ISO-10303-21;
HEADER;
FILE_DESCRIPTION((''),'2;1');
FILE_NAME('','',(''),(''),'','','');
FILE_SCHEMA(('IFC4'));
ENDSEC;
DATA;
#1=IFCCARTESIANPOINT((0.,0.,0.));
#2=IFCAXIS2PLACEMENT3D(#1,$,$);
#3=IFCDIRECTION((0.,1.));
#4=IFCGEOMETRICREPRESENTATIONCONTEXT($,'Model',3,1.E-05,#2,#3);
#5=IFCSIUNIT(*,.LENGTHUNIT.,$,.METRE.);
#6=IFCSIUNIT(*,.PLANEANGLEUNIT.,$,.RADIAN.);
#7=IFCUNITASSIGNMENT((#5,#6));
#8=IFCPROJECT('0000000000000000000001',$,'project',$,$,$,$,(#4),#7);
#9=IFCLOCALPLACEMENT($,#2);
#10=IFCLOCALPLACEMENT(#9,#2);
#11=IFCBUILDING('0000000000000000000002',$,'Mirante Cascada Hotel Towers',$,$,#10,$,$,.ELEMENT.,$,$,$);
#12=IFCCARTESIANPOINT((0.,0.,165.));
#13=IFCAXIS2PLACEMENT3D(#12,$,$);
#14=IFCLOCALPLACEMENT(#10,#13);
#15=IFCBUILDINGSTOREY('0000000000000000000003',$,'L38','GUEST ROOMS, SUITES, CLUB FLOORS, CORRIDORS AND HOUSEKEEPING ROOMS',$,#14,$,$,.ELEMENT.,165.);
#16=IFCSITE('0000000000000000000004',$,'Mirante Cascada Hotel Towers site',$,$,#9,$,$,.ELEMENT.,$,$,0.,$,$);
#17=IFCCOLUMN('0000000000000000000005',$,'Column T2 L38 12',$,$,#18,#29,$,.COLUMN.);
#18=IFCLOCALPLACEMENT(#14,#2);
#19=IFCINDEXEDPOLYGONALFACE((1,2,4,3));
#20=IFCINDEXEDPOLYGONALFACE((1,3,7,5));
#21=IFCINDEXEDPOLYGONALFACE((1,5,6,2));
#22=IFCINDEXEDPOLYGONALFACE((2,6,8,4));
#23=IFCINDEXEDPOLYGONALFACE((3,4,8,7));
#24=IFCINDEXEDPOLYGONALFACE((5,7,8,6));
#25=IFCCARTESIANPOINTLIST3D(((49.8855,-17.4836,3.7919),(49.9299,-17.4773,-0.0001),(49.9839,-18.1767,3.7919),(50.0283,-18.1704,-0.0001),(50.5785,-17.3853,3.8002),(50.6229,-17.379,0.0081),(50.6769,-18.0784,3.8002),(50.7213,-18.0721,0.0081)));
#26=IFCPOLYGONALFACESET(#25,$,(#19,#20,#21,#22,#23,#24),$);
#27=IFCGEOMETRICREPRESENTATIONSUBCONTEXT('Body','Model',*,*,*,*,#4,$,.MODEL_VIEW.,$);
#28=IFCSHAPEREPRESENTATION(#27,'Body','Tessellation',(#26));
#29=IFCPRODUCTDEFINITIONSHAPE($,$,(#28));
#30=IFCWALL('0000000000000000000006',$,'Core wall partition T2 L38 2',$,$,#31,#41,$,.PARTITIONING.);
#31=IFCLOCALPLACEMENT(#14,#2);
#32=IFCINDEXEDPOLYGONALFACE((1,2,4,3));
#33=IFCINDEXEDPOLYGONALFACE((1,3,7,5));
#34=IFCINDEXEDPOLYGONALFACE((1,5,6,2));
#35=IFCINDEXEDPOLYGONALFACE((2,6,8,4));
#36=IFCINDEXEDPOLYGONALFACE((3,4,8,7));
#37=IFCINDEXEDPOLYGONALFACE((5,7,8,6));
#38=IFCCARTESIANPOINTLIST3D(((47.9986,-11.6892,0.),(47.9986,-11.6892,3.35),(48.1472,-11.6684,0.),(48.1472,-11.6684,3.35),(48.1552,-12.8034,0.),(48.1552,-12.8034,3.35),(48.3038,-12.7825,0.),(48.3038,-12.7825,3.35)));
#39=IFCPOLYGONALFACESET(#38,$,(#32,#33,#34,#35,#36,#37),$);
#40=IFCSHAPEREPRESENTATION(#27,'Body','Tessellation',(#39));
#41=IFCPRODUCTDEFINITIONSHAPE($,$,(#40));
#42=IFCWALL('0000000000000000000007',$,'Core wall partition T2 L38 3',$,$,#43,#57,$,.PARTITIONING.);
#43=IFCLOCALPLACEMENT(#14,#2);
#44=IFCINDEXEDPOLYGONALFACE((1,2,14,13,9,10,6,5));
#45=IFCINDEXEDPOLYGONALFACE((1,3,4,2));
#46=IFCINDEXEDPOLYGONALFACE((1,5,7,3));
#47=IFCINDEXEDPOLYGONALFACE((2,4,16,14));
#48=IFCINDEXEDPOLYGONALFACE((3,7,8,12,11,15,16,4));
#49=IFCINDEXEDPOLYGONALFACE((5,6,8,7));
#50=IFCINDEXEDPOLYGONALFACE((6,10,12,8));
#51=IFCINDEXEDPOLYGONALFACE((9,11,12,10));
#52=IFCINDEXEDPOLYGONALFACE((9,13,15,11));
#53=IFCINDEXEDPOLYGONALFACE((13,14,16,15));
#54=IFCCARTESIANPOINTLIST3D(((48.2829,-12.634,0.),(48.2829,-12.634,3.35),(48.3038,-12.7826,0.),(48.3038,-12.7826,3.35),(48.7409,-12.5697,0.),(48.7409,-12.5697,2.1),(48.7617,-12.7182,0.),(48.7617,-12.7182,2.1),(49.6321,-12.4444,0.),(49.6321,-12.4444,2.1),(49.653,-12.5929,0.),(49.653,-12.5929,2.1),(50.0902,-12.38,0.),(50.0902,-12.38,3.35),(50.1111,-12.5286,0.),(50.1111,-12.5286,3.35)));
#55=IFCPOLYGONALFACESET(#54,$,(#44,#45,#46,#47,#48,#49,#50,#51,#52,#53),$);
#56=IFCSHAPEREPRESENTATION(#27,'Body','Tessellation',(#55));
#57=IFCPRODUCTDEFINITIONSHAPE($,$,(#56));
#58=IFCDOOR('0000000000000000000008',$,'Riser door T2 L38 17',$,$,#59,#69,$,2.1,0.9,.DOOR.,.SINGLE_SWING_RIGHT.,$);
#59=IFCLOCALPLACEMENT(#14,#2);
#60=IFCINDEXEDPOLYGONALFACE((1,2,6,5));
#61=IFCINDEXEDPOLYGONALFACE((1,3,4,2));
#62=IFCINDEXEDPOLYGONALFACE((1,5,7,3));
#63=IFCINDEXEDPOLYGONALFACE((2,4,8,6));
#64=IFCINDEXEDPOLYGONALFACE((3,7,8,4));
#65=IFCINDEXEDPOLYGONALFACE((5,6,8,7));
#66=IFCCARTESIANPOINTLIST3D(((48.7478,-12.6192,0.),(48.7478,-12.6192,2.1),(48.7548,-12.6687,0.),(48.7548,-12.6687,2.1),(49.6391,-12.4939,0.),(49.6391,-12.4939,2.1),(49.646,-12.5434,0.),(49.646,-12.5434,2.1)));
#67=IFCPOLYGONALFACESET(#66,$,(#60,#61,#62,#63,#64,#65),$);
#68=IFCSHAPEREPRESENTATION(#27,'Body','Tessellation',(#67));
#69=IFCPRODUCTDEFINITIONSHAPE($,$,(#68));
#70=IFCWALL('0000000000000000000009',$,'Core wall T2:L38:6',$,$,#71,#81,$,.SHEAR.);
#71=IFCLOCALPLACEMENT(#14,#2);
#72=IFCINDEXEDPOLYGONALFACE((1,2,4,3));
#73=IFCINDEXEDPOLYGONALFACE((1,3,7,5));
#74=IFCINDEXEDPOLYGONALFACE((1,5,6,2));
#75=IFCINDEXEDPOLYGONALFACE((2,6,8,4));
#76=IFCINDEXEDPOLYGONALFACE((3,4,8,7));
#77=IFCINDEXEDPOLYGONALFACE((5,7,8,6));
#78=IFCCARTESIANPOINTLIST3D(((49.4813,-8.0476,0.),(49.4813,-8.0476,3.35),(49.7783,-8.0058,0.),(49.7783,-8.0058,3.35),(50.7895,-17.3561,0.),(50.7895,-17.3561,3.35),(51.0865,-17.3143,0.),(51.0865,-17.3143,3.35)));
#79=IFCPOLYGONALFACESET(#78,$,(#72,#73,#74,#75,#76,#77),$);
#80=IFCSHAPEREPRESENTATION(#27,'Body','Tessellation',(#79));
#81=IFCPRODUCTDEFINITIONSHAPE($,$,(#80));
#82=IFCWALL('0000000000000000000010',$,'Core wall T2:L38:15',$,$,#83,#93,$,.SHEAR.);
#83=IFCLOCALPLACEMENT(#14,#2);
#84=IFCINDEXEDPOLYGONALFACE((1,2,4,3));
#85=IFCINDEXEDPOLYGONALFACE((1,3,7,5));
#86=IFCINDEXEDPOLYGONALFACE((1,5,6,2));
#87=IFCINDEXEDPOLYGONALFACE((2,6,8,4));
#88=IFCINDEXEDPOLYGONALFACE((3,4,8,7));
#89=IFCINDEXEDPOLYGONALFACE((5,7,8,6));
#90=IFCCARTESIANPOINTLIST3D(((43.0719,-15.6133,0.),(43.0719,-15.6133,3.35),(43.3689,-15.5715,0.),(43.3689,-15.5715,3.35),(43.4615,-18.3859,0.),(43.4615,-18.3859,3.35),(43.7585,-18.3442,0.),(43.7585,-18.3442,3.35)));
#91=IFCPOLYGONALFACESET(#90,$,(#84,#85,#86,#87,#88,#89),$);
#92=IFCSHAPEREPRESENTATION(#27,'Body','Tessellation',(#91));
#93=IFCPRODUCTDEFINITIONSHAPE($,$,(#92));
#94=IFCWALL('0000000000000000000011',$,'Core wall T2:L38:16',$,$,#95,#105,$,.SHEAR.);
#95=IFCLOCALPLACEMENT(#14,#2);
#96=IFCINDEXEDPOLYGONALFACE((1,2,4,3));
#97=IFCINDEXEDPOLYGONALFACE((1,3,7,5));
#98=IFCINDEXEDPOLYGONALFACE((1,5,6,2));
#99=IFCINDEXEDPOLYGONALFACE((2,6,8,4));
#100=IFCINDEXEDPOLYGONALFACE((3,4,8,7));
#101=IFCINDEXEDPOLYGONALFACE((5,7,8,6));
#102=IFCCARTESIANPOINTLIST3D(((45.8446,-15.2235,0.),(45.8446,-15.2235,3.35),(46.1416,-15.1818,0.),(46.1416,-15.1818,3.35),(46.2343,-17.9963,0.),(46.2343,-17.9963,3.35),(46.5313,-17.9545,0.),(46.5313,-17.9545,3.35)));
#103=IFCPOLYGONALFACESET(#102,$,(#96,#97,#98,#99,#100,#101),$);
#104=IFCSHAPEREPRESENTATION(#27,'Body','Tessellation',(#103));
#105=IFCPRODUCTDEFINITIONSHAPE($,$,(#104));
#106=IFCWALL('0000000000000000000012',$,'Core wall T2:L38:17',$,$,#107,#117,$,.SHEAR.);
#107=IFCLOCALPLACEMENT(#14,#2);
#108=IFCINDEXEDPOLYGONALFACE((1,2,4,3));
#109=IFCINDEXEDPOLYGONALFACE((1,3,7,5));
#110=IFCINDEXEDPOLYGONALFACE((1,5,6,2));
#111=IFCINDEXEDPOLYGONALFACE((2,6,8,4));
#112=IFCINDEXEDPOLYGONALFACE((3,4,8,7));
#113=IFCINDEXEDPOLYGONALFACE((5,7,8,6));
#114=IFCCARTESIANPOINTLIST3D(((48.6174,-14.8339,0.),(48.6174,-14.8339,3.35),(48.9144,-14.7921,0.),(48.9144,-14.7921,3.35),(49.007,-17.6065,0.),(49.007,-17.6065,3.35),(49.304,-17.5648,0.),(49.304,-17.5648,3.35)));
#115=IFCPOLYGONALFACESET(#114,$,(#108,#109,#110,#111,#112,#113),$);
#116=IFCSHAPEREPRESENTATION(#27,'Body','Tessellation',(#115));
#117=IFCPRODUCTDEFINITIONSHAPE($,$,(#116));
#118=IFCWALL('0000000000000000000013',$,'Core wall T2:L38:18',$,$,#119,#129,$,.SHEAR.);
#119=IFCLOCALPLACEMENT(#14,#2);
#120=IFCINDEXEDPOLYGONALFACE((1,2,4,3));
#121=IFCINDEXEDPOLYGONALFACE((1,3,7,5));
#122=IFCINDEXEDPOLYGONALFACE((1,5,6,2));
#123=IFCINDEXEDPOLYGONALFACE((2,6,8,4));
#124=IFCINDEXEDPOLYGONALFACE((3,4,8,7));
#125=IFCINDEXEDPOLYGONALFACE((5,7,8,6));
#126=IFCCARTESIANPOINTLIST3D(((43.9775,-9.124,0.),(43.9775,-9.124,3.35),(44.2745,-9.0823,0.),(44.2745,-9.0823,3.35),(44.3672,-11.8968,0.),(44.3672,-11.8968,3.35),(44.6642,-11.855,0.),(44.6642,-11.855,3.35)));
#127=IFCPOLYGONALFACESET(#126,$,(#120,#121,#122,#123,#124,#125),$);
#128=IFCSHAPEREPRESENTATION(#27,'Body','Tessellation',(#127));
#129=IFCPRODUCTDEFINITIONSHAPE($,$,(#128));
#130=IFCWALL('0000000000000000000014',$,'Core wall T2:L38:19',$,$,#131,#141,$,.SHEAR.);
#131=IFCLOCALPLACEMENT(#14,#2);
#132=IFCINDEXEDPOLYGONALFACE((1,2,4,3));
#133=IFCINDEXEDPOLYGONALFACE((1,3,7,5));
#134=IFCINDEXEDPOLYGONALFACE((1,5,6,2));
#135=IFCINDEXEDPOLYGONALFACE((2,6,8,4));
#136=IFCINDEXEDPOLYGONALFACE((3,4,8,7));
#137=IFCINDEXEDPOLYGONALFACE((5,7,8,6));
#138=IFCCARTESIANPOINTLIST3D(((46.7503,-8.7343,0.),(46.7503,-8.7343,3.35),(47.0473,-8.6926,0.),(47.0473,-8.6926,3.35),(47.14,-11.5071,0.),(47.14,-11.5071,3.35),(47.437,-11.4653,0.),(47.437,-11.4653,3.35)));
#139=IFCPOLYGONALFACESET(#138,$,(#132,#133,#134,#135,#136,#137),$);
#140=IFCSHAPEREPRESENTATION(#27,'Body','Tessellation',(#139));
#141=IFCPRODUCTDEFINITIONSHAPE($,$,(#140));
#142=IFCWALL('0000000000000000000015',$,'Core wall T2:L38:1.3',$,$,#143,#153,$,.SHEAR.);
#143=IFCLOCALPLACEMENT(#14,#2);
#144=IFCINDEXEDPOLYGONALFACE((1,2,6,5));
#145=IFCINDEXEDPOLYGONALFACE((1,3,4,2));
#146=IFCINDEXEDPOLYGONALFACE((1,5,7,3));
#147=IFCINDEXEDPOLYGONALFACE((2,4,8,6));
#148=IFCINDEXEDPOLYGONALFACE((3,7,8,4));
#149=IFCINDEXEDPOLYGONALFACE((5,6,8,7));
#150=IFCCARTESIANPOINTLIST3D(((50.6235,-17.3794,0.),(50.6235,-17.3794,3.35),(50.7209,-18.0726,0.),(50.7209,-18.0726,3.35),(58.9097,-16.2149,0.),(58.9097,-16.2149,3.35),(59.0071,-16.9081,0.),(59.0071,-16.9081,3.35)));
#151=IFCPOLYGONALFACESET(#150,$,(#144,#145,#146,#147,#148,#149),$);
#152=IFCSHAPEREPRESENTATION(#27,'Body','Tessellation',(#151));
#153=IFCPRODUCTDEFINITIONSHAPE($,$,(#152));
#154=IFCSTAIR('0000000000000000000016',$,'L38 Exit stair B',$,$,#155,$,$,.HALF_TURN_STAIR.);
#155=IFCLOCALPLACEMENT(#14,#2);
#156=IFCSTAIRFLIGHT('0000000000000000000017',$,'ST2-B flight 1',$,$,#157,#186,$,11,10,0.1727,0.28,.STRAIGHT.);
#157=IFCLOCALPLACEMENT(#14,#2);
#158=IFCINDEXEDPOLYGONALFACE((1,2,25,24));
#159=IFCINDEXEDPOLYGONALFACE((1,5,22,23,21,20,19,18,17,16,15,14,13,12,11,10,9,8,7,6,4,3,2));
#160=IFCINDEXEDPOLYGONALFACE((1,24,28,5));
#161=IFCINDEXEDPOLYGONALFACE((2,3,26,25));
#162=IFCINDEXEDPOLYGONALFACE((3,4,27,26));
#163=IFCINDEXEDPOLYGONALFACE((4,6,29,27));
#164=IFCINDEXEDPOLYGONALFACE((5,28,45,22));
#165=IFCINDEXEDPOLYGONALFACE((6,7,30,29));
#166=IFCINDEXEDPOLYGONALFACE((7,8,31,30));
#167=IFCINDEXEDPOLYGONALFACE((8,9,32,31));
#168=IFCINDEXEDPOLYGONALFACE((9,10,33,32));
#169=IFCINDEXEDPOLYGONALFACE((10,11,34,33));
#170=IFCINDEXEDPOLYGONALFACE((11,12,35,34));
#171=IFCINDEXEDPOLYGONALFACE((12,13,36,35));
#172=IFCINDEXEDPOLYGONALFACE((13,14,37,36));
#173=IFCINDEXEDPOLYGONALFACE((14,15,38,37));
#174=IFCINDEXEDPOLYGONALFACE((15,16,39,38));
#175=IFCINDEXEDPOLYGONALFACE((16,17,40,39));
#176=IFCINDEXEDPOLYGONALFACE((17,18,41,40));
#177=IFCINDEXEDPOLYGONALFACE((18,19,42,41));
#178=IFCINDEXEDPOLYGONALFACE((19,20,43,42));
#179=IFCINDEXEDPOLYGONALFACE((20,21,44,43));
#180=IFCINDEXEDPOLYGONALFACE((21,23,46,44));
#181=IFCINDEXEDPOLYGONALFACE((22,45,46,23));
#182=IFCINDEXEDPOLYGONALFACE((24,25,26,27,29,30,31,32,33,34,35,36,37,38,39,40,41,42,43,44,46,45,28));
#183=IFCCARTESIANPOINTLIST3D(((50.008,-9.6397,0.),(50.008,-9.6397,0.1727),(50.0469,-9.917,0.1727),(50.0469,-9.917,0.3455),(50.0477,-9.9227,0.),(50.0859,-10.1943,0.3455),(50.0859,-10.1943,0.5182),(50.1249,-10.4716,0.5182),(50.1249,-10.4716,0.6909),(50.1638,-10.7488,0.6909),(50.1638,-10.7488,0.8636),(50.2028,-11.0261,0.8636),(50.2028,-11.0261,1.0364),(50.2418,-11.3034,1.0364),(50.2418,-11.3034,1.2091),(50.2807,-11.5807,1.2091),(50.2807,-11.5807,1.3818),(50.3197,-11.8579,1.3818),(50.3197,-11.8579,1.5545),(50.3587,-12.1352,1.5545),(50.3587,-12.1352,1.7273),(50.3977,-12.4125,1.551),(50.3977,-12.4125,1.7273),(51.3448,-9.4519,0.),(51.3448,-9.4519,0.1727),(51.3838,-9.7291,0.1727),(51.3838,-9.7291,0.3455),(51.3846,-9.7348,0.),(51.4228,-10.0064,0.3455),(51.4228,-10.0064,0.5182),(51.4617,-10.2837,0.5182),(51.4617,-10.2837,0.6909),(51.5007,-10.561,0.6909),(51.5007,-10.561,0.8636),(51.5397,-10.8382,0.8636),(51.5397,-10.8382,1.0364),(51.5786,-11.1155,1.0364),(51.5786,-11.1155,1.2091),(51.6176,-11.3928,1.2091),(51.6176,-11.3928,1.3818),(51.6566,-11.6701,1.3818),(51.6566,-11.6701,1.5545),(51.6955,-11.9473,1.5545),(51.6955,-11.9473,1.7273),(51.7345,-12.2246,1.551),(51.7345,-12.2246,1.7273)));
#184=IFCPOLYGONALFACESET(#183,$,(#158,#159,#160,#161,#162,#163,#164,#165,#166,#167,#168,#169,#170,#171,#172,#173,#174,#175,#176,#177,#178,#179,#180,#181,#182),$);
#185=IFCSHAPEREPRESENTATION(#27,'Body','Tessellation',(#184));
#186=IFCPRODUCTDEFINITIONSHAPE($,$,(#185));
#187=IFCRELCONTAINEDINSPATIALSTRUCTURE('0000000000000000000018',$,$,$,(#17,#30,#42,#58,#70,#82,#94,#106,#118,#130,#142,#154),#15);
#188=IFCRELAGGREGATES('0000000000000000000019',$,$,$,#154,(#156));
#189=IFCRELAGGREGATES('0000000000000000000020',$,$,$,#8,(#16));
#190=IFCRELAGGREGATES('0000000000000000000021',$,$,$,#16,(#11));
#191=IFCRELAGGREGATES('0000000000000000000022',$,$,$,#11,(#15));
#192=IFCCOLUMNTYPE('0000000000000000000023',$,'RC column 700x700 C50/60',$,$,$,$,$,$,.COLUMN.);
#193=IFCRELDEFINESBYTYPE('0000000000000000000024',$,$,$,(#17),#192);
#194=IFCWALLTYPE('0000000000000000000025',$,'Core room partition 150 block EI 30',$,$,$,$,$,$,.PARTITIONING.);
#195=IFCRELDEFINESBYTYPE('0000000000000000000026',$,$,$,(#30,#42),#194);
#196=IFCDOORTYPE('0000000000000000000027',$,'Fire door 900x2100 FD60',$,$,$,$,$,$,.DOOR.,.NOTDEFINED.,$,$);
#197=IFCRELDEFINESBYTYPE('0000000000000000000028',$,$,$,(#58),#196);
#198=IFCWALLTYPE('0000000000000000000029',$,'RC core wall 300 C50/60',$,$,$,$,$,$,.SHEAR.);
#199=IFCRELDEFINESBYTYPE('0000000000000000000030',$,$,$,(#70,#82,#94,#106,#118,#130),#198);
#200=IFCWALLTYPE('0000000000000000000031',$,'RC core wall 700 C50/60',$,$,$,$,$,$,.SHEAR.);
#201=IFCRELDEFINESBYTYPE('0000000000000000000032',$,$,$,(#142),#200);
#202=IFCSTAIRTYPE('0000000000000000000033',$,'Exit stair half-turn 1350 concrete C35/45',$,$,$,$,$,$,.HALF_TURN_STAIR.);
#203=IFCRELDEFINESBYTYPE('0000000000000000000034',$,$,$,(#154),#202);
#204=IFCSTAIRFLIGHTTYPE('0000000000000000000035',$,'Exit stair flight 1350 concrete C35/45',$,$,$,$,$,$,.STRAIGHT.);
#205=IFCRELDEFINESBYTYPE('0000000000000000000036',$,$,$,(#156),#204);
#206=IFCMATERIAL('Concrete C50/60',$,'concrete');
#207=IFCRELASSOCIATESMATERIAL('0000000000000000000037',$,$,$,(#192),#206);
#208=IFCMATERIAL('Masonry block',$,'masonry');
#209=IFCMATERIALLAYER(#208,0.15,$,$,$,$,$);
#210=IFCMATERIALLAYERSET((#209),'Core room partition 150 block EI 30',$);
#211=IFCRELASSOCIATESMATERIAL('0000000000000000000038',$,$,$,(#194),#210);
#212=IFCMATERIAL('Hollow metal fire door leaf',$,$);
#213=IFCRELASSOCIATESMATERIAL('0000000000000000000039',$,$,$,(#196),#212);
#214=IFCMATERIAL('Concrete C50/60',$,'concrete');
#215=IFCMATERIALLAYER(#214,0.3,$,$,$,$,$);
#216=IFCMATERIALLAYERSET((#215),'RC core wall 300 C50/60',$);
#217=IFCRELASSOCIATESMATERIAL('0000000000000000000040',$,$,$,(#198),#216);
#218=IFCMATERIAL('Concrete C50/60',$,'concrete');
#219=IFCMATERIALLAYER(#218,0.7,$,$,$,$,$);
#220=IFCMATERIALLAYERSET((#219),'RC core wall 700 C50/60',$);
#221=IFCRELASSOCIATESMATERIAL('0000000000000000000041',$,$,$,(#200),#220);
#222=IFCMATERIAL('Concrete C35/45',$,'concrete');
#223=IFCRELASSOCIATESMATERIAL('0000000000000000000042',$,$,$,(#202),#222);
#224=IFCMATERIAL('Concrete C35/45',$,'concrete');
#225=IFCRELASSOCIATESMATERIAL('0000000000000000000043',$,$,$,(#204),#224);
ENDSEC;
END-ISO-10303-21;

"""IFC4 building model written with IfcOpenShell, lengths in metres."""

from ifc_helpers import new_model, si_unit, direction, frame, frame_2d, origin, origin_2d, place, context, subcontext, project, spatial, polyline, rectangle, outline, extrude, material, layer, layer_set, material_profile, profile_set, type_object, element, fill, aggregate, save


model = new_model("IFC4")

# Units and contexts
model_context = context("Model", 3, precision=1e-05, world=origin(), true_north=direction((0.0, 1.0)))
body_context = subcontext(model_context, "Body", "Model", "MODEL_VIEW")
ifc_project = project(units=[si_unit("LENGTHUNIT", "METRE"), si_unit("PLANEANGLEUNIT", "RADIAN")], contexts=[model_context])

# Site, building, storey
site_placement = place(None, origin())
site = spatial("IfcSite", under=ifc_project, at=site_placement, Name="Mirante Cascada Hotel Towers site", CompositionType="ELEMENT", RefElevation=0.0)
building_placement = place(site_placement, origin())
building = spatial("IfcBuilding", under=site, at=building_placement, Name="Mirante Cascada Hotel Towers", CompositionType="ELEMENT")
storey_placement = place(building_placement, frame((0.0, 0.0, 165.0)))
storey = spatial("IfcBuildingStorey", under=building, at=storey_placement, Name="L38", Description="GUEST ROOMS, SUITES, CLUB FLOORS, CORRIDORS AND HOUSEKEEPING ROOMS", CompositionType="ELEMENT", Elevation=165.0)

# Column
ifc_material_1 = material(Name="Concrete C50/60", Category="concrete")
ifc_material_profile = material_profile(ifc_material_1, rectangle(XDim=0.7, YDim=0.7, at=origin_2d()), Name="RC column 700x700 C50/60")
ifc_profile_set = profile_set([ifc_material_profile], Name="Concrete C50/60")
column_type = type_object("IfcColumnType", Name="RC column 700x700 C50/60", PredefinedType="COLUMN", material=ifc_profile_set)
column_placement = place(storey_placement, frame((50.3256, -17.7747, 0.004), z_axis=(-0.011708, -0.001661, 0.99993), x_axis=(0.140485, -0.990083, 0.0)))
element("IfcColumn", 1, at=column_placement, inside=storey, type_object=column_type, Name="Column T2 L38 12", PredefinedType="COLUMN", context=body_context, shape_type="SweptSolid", body=[
    extrude(rectangle(XDim=0.7, YDim=0.7, at=origin_2d()), origin(), (0.0, 0.0, 1.0), 3.7923),
])

# Wall
ifc_material_2 = material(Name="Masonry block", Category="masonry")
ifc_layer_1 = layer(ifc_material_2, 0.15)
ifc_layer_set_1 = layer_set([ifc_layer_1], Name="Core room partition 150 block EI 30")
wall_type_1 = type_object("IfcWallType", Name="Core room partition 150 block EI 30", PredefinedType="PARTITIONING", material=ifc_layer_set_1)
wall_1_placement = place(storey_placement, frame((48.2295, -12.793, 0.0), z_axis=(0.0, 0.0, 1.0), x_axis=(-0.139193, 0.990265, 0.0)))
element("IfcWall", 2, at=wall_1_placement, inside=storey, type_object=wall_type_1, Name="Core wall partition T2 L38 2", PredefinedType="PARTITIONING", context=body_context, shape_type="SweptSolid", body=[
    extrude(rectangle(XDim=1.1251, YDim=0.15, at=frame_2d((0.5626, 0.0))), origin(), (0.0, 0.0, 1.0), 3.35),
])

# Wall, opening, door
wall_2_placement = place(storey_placement, frame((48.2933, -12.7083, 0.0), z_axis=(0.0, 0.0, 1.0), x_axis=(0.990268, 0.139173, 0.0)))
wall_2 = element("IfcWall", 3, at=wall_2_placement, inside=storey, type_object=wall_type_1, Name="Core wall partition T2 L38 3", PredefinedType="PARTITIONING", context=body_context, shape_type="SweptSolid", body=[
    extrude(rectangle(XDim=1.8251, YDim=0.15, at=frame_2d((0.9126, 0.0))), origin(), (0.0, 0.0, 1.0), 3.35),
])
opening_placement = place(wall_2_placement, frame((0.4625, 0.0, 0.0)))
opening = element("IfcOpeningElement", 4, at=opening_placement, cuts=wall_2, PredefinedType="OPENING", context=body_context, shape_type="SweptSolid", body=[
    extrude(rectangle(XDim=0.9, YDim=2.1, at=frame_2d((0.45, 1.05))), frame((0.0, 0.075, 0.0), z_axis=(0.0, -1.0, 0.0), x_axis=(1.0, 0.0, 0.0)), (0.0, 0.0, 1.0), 0.15),
])
ifc_material_3 = material(Name="Hollow metal fire door leaf")
door_type = type_object("IfcDoorType", Name="Fire door 900x2100 FD60", OperationType="NOTDEFINED", PredefinedType="DOOR", material=ifc_material_3)
door_placement = place(opening_placement, frame((0.9, 0.0, 0.0), z_axis=(0.0, 0.0, 1.0), x_axis=(-1.0, 0.0, 0.0)))
door = element("IfcDoor", 5, at=door_placement, inside=storey, type_object=door_type, Name="Riser door T2 L38 17", OperationType="SINGLE_SWING_RIGHT", OverallHeight=2.1, OverallWidth=0.9, PredefinedType="DOOR", context=body_context, shape_type="SweptSolid", body=[
    extrude(rectangle(XDim=0.9, YDim=2.1, at=frame_2d((0.45, 1.05))), frame((0.0, 0.025, 0.0), z_axis=(0.0, -1.0, 0.0), x_axis=(1.0, 0.0, 0.0)), (0.0, 0.0, 1.0), 0.05),
])
fill(opening, door)

# Walls
ifc_material_4 = material(Name="Concrete C50/60", Category="concrete")
ifc_layer_2 = layer(ifc_material_4, 0.3)
ifc_layer_set_2 = layer_set([ifc_layer_2], Name="RC core wall 300 C50/60")
wall_type_2 = type_object("IfcWallType", Name="RC core wall 300 C50/60", PredefinedType="SHEAR", material=ifc_layer_set_2)
wall_3_placement = place(storey_placement, frame((50.938, -17.3352, 0.0), z_axis=(0.0, 0.0, 1.0), x_axis=(-0.139171, 0.990268, 0.0)))
element("IfcWall", 6, at=wall_3_placement, inside=storey, type_object=wall_type_2, Name="Core wall T2:L38:6", PredefinedType="SHEAR", context=body_context, shape_type="SweptSolid", body=[
    extrude(rectangle(XDim=9.4, YDim=0.3, at=frame_2d((4.7, 0.0))), origin(), (0.0, 0.0, 1.0), 3.35),
])
wall_4_placement = place(storey_placement, frame((43.61, -18.3651, 0.0), z_axis=(0.0, 0.0, 1.0), x_axis=(-0.139146, 0.990272, 0.0)))
element("IfcWall", 7, at=wall_4_placement, inside=storey, type_object=wall_type_2, Name="Core wall T2:L38:15", PredefinedType="SHEAR", context=body_context, shape_type="SweptSolid", body=[
    extrude(rectangle(XDim=2.7999, YDim=0.3, at=frame_2d((1.4, 0.0))), origin(), (0.0, 0.0, 1.0), 3.35),
])
wall_5_placement = place(storey_placement, frame((46.3828, -17.9754, 0.0), z_axis=(0.0, 0.0, 1.0), x_axis=(-0.139181, 0.990267, 0.0)))
element("IfcWall", 8, at=wall_5_placement, inside=storey, type_object=wall_type_2, Name="Core wall T2:L38:16", PredefinedType="SHEAR", context=body_context, shape_type="SweptSolid", body=[
    extrude(rectangle(XDim=2.8, YDim=0.3, at=frame_2d((1.4, 0.0))), origin(), (0.0, 0.0, 1.0), 3.35),
])
wall_6_placement = place(storey_placement, frame((49.1555, -17.5857, 0.0), z_axis=(0.0, 0.0, 1.0), x_axis=(-0.139146, 0.990272, 0.0)))
element("IfcWall", 9, at=wall_6_placement, inside=storey, type_object=wall_type_2, Name="Core wall T2:L38:17", PredefinedType="SHEAR", context=body_context, shape_type="SweptSolid", body=[
    extrude(rectangle(XDim=2.7999, YDim=0.3, at=frame_2d((1.4, 0.0))), origin(), (0.0, 0.0, 1.0), 3.35),
])
for number, where, z_axis, x_axis, name in (
    (10, (44.5157, -11.8759, 0.0), (0.0, 0.0, 1.0), (-0.139181, 0.990267, 0.0), "Core wall T2:L38:18"),
    (11, (47.2885, -11.4862, 0.0), (0.0, 0.0, 1.0), (-0.139181, 0.990267, 0.0), "Core wall T2:L38:19"),
):
    element("IfcWall", number, at=place(storey_placement, frame(where, z_axis=z_axis, x_axis=x_axis)), inside=storey, type_object=wall_type_2, Name=name, PredefinedType="SHEAR", context=body_context, shape_type="SweptSolid", body=[
        extrude(rectangle(XDim=2.8, YDim=0.3, at=frame_2d((1.4, 0.0))), origin(), (0.0, 0.0, 1.0), 3.35),
    ])
ifc_material_5 = material(Name="Concrete C50/60", Category="concrete")
ifc_layer_3 = layer(ifc_material_5, 0.7)
ifc_layer_set_3 = layer_set([ifc_layer_3], Name="RC core wall 700 C50/60")
wall_type_3 = type_object("IfcWallType", Name="RC core wall 700 C50/60", PredefinedType="SHEAR", material=ifc_layer_set_3)
wall_7_placement = place(storey_placement, frame((50.6722, -17.726, 0.0), z_axis=(0.0, 0.0, 1.0), x_axis=(0.990269, 0.139167, 0.0)))
element("IfcWall", 12, at=wall_7_placement, inside=storey, type_object=wall_type_3, Name="Core wall T2:L38:1.3", PredefinedType="SHEAR", context=body_context, shape_type="SweptSolid", body=[
    extrude(rectangle(XDim=8.3676, YDim=0.7, at=frame_2d((4.1838, 0.0))), origin(), (0.0, 0.0, 1.0), 3.35),
])

# Stair, stair flight
ifc_material_6 = material(Name="Concrete C35/45", Category="concrete")
stair_type = type_object("IfcStairType", Name="Exit stair half-turn 1350 concrete C35/45", PredefinedType="HALF_TURN_STAIR", material=ifc_material_6)
stair_placement = place(storey_placement, origin())
stair = element("IfcStair", 13, at=stair_placement, inside=storey, type_object=stair_type, Name="L38 Exit stair B", PredefinedType="HALF_TURN_STAIR")
ifc_material_7 = material(Name="Concrete C35/45", Category="concrete")
stair_flight_type = type_object("IfcStairFlightType", Name="Exit stair flight 1350 concrete C35/45", PredefinedType="STRAIGHT", material=ifc_material_7)
stair_flight_1_placement = place(storey_placement, frame((50.6764, -9.5458, 0.0), z_axis=(0.0, 0.0, 1.0), x_axis=(0.139173, -0.990268, 0.0)))
stair_flight_1 = element("IfcStairFlight", 14, at=stair_flight_1_placement, type_object=stair_flight_type, Name="ST2-B flight 1", NumberOfRisers=11, NumberOfTreads=10, PredefinedType="STRAIGHT", RiserHeight=0.1727, TreadLength=0.28, context=body_context, shape_type="SweptSolid", body=[
    extrude(outline(polyline([(0.0, 0.0), (0.0, 0.1727), (0.28, 0.1727), (0.28, 0.3455), (0.56, 0.3455), (0.56, 0.5182), (0.84, 0.5182), (0.84, 0.6909), (1.12, 0.6909), (1.12, 0.8636), (1.4, 0.8636), (1.4, 1.0364), (1.68, 1.0364), (1.68, 1.2091), (1.96, 1.2091), (1.96, 1.3818), (2.24, 1.3818), (2.24, 1.5545), (2.52, 1.5545), (2.52, 1.7273), (2.8, 1.7273), (2.8, 1.9), (2.8, 1.551), (0.2857, 0.0), (0.0, 0.0)])), frame((0.0, 0.675, 0.0), z_axis=(0.0, -1.0, 0.0), x_axis=(1.0, 0.0, 0.0)), (0.0, 0.0, 1.0), 1.35),
])
aggregate(stair, [stair_flight_1])

save(model, "model.ifc")
